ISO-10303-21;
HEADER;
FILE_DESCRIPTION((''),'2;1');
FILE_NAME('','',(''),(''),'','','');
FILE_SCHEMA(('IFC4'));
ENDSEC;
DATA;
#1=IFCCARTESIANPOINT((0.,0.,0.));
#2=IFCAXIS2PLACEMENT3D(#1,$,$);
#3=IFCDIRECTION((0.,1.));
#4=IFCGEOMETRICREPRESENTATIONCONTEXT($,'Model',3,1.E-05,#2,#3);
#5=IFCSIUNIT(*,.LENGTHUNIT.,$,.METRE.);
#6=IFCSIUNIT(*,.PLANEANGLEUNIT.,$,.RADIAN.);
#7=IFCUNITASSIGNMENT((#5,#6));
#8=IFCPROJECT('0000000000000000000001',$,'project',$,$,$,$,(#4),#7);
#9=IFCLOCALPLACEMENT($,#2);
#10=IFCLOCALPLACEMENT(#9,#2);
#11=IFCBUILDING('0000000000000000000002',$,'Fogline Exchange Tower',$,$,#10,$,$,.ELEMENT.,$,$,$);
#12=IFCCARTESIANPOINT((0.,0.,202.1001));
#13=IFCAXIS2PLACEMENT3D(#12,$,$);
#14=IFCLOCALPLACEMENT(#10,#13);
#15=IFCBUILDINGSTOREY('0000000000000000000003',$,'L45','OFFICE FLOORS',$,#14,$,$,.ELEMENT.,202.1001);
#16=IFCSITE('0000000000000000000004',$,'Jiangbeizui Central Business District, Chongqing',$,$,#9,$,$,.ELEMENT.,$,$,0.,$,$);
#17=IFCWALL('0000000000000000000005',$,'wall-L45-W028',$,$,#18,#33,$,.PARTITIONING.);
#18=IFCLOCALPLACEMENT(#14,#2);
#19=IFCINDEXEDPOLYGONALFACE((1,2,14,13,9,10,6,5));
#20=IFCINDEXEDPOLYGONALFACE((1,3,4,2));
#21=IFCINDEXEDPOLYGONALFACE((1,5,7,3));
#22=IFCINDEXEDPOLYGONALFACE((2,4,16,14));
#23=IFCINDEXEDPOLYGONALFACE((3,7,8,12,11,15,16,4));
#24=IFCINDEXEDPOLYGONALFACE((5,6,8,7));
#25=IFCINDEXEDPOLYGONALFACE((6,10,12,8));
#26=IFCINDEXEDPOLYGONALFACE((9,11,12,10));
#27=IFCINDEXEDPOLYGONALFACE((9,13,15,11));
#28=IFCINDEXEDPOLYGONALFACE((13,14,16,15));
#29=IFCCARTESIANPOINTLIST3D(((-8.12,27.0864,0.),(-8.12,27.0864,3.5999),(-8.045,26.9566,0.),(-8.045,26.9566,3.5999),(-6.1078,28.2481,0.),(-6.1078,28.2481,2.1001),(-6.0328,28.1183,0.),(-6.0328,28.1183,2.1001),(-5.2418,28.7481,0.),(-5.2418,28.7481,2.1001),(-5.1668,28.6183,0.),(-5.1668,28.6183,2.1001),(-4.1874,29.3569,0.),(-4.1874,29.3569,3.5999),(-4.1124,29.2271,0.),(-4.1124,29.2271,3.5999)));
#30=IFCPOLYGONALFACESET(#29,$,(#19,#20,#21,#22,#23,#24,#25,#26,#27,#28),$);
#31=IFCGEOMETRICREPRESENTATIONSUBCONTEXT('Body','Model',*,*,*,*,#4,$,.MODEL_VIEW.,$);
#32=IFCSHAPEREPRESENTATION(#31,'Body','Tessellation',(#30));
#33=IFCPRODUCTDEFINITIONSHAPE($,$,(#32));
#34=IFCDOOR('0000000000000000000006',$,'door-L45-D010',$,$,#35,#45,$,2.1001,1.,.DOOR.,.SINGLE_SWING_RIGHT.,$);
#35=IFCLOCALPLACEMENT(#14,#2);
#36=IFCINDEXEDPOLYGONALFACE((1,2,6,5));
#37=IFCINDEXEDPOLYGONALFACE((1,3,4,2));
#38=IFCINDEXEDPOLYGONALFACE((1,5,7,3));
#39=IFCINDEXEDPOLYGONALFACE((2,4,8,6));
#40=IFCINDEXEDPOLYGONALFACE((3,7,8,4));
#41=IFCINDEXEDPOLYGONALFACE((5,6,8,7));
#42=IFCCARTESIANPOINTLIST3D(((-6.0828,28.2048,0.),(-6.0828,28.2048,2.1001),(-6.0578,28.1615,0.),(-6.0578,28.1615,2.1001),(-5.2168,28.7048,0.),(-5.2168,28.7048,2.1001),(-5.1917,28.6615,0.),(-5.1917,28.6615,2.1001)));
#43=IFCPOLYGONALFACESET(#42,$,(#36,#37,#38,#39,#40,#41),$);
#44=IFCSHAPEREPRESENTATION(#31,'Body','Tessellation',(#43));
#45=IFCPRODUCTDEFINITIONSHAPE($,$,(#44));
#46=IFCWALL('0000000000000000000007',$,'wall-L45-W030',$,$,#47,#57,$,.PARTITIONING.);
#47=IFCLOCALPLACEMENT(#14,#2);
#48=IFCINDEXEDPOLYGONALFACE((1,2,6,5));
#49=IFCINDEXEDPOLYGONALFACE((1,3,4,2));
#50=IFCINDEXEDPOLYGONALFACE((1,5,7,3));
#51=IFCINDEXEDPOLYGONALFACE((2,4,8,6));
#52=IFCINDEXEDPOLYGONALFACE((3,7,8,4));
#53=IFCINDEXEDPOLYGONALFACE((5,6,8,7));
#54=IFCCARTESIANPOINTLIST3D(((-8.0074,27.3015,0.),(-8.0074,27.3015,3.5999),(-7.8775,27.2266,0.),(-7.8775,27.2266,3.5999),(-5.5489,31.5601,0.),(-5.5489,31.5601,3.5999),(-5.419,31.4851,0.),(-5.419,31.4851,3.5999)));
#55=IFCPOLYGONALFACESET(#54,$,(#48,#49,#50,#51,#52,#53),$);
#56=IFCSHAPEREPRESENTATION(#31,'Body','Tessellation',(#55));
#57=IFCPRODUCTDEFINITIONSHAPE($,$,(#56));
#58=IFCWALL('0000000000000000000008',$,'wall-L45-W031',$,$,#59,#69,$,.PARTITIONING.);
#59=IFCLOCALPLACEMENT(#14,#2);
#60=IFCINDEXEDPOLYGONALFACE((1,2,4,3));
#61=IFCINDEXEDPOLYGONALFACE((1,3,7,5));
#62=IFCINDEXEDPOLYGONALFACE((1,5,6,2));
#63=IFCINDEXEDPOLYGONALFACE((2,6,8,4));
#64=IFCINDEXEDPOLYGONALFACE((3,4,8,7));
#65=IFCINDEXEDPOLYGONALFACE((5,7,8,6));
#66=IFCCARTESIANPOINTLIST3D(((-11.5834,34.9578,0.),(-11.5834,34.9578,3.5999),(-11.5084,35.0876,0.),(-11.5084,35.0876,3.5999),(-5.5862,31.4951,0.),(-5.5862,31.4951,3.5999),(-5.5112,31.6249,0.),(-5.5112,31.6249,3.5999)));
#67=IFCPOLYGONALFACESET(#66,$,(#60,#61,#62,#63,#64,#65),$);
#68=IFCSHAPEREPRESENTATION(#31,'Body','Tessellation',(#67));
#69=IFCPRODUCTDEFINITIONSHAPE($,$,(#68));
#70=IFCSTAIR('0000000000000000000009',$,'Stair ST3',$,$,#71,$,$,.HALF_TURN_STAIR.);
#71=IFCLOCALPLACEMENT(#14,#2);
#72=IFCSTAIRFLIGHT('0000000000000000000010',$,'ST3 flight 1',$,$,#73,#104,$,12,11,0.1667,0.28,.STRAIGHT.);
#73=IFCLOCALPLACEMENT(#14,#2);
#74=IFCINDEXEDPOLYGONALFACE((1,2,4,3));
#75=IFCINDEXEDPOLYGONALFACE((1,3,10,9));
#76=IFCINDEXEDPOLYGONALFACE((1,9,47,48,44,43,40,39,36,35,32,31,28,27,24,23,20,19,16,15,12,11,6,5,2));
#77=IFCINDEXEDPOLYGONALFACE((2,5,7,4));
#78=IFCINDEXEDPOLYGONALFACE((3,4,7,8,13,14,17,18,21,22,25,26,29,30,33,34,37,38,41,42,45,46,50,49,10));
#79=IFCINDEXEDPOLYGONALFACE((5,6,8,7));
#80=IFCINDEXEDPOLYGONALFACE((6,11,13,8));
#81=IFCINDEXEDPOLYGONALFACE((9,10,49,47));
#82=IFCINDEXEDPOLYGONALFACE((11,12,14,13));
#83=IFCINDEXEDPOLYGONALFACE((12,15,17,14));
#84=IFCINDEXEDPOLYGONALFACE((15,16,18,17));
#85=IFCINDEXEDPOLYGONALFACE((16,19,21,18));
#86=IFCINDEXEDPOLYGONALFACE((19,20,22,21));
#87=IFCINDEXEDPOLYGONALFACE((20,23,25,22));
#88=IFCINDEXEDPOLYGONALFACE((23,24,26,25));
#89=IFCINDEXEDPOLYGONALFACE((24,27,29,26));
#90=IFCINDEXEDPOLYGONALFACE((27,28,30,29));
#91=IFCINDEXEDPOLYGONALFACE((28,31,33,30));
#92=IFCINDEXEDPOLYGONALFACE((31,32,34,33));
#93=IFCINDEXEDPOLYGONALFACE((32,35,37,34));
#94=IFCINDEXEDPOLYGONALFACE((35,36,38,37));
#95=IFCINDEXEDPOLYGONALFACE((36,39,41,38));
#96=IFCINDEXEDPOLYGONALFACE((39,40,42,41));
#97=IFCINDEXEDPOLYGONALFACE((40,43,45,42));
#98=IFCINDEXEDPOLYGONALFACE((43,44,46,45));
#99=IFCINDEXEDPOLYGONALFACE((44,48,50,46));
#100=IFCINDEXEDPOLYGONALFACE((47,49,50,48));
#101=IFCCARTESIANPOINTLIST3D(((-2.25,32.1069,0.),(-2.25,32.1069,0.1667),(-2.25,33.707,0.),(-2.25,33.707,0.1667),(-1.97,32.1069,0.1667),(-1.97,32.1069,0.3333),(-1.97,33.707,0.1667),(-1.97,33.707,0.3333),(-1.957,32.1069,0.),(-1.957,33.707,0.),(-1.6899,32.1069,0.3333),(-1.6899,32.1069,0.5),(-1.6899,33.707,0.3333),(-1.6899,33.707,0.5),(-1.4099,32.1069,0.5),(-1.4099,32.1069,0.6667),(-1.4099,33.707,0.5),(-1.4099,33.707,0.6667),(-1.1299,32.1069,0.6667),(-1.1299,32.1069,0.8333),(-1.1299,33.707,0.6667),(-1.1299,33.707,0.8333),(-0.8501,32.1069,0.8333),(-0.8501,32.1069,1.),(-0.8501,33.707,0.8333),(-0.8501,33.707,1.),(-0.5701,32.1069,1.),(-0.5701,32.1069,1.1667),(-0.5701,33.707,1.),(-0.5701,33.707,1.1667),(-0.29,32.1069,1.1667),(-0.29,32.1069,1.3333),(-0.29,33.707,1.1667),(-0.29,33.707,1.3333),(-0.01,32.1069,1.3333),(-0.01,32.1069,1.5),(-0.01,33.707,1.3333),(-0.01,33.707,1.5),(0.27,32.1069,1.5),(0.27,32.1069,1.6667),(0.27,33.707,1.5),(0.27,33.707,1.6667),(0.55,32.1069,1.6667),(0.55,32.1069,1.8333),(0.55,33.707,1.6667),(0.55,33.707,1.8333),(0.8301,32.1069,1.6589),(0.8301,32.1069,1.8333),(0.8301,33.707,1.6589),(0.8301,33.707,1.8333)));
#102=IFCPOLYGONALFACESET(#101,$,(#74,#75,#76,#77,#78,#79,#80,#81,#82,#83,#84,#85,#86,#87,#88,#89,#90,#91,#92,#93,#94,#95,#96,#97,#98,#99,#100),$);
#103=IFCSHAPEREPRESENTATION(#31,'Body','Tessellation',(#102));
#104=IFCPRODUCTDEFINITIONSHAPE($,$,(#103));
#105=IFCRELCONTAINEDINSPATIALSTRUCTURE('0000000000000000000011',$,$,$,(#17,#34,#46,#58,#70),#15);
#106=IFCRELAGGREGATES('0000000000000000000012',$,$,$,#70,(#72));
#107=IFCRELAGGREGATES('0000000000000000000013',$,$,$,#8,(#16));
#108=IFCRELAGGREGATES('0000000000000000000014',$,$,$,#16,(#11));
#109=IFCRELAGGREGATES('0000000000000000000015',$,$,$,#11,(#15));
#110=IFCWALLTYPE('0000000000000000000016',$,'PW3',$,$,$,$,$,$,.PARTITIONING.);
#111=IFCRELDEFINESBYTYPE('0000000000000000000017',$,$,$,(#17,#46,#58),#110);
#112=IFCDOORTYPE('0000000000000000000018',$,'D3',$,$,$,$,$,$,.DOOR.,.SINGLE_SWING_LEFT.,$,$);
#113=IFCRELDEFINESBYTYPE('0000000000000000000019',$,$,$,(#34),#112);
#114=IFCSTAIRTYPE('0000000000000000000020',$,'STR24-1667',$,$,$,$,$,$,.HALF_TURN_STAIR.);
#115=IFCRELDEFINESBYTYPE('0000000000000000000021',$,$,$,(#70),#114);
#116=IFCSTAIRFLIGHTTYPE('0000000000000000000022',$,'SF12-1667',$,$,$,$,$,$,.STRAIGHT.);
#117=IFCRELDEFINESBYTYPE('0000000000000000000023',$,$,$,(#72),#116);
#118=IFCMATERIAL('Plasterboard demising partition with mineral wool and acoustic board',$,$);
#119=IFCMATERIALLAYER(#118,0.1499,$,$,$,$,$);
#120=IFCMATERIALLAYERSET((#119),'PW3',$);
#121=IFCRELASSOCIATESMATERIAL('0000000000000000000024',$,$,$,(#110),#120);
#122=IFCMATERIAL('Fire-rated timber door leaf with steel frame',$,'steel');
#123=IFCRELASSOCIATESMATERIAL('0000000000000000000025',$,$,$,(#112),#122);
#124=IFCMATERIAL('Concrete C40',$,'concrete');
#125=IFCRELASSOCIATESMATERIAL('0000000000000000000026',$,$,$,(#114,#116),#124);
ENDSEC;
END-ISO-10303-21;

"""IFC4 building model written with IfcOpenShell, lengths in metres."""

from ifc_helpers import new_model, si_unit, direction, frame, frame_2d, origin, place, context, subcontext, project, spatial, polyline, rectangle, outline, extrude, material, layer, layer_set, type_object, element, fill, aggregate, save


model = new_model("IFC4")

# Units and contexts
model_context = context("Model", 3, precision=1e-05, world=origin(), true_north=direction((0.0, 1.0)))
body_context = subcontext(model_context, "Body", "Model", "MODEL_VIEW")
ifc_project = project(units=[si_unit("LENGTHUNIT", "METRE"), si_unit("PLANEANGLEUNIT", "RADIAN")], contexts=[model_context])

# Site, building, storey
site_placement = place(None, origin())
site = spatial("IfcSite", under=ifc_project, at=site_placement, Name="Jiangbeizui Central Business District, Chongqing", CompositionType="ELEMENT", RefElevation=0.0)
building_placement = place(site_placement, origin())
building = spatial("IfcBuilding", under=site, at=building_placement, Name="Fogline Exchange Tower", CompositionType="ELEMENT")
storey_placement = place(building_placement, frame((0.0, 0.0, 202.1001)))
storey = spatial("IfcBuildingStorey", under=building, at=storey_placement, Name="L45", Description="OFFICE FLOORS", CompositionType="ELEMENT", Elevation=202.1001)

# Shared definitions
ifc_material_1 = material(Name="Concrete C40", Category="concrete")

# Wall, opening, door
ifc_material_2 = material(Name="Plasterboard demising partition with mineral wool and acoustic board")
ifc_layer_1 = layer(ifc_material_2, 0.1499)
ifc_layer_set_1 = layer_set([ifc_layer_1], Name="PW3")
wall_type_1 = type_object("IfcWallType", Name="PW3", PredefinedType="PARTITIONING", material=ifc_layer_set_1)
wall_1_placement = place(storey_placement, frame((-8.0825, 27.0215, 0.0), z_axis=(0.0, 0.0, 1.0), x_axis=(0.866024, 0.500002, 0.0)))
wall_1 = element("IfcWall", 1, at=wall_1_placement, inside=storey, type_object=wall_type_1, Name="wall-L45-W028", PredefinedType="PARTITIONING", context=body_context, shape_type="SweptSolid", body=[
    extrude(rectangle(XDim=4.541, YDim=0.1499, at=frame_2d((2.2705, 0.0))), origin(), (0.0, 0.0, 1.0), 3.5999),
])
opening_1_placement = place(wall_1_placement, frame((2.3235, 0.0, 0.0)))
opening_1 = element("IfcOpeningElement", 2, at=opening_1_placement, cuts=wall_1, PredefinedType="OPENING", context=body_context, shape_type="SweptSolid", body=[
    extrude(rectangle(XDim=1.0, YDim=2.1001, at=frame_2d((0.5, 1.05))), frame((0.0, 0.085, 0.0), z_axis=(0.0, -1.0, 0.0), x_axis=(1.0, 0.0, 0.0)), (0.0, 0.0, 1.0), 0.1699),
])
ifc_material_3 = material(Name="Fire-rated timber door leaf with steel frame", Category="steel")
door_type_1 = type_object("IfcDoorType", Name="D3", OperationType="SINGLE_SWING_LEFT", PredefinedType="DOOR", material=ifc_material_3)
door_1_placement = place(opening_1_placement, origin())
door_1 = element("IfcDoor", 3, at=door_1_placement, inside=storey, type_object=door_type_1, Name="door-L45-D010", OperationType="SINGLE_SWING_RIGHT", OverallHeight=2.1001, OverallWidth=1.0, PredefinedType="DOOR", context=body_context, shape_type="SweptSolid", body=[
    extrude(rectangle(XDim=1.0, YDim=2.1001, at=frame_2d((0.5, 1.05))), frame((0.0, 0.0249, 0.0), z_axis=(0.0, -1.0, 0.0), x_axis=(1.0, 0.0, 0.0)), (0.0, 0.0, 1.0), 0.05),
])
fill(opening_1, door_1)

# Walls
wall_2_placement = place(storey_placement, frame((-7.9424, 27.2642, 0.0), z_axis=(0.0, 0.0, 1.0), x_axis=(0.499973, 0.866041, 0.0)))
element("IfcWall", 4, at=wall_2_placement, inside=storey, type_object=wall_type_1, Name="wall-L45-W030", PredefinedType="PARTITIONING", context=body_context, shape_type="SweptSolid", body=[
    extrude(rectangle(XDim=4.9172, YDim=0.1499, at=frame_2d((2.4585, 0.0))), origin(), (0.0, 0.0, 1.0), 3.5999),
])
wall_3_placement = place(storey_placement, frame((-5.5488, 31.5601, 0.0), z_axis=(0.0, 0.0, 1.0), x_axis=(-0.866011, 0.500026, 0.0)))
element("IfcWall", 5, at=wall_3_placement, inside=storey, type_object=wall_type_1, Name="wall-L45-W031", PredefinedType="PARTITIONING", context=body_context, shape_type="SweptSolid", body=[
    extrude(rectangle(XDim=6.925, YDim=0.1499, at=frame_2d((3.4624, 0.0))), origin(), (0.0, 0.0, 1.0), 3.5999),
])

# Stair, stair flight
stair_type = type_object("IfcStairType", Name="STR24-1667", PredefinedType="HALF_TURN_STAIR", material=ifc_material_1)
stair_placement = place(storey_placement, origin())
stair = element("IfcStair", 6, at=stair_placement, inside=storey, type_object=stair_type, Name="Stair ST3", PredefinedType="HALF_TURN_STAIR")
stair_flight_type = type_object("IfcStairFlightType", Name="SF12-1667", PredefinedType="STRAIGHT", material=ifc_material_1)
stair_flight_placement = place(storey_placement, frame((-2.25, 32.907, 0.0), z_axis=(0.0, 0.0, 1.0), x_axis=(1.0, 0.0, 0.0)))
stair_flight = element("IfcStairFlight", 7, at=stair_flight_placement, type_object=stair_flight_type, Name="ST3 flight 1", NumberOfRisers=12, NumberOfTreads=11, PredefinedType="STRAIGHT", RiserHeight=0.1667, TreadLength=0.28, context=body_context, shape_type="SweptSolid", body=[
    extrude(outline(polyline([(0.0, 0.0), (0.0, 0.1667), (0.28, 0.1667), (0.28, 0.3333), (0.5601, 0.3333), (0.5601, 0.5), (0.8401, 0.5), (0.8401, 0.6667), (1.1201, 0.6667), (1.1201, 0.8333), (1.3999, 0.8333), (1.3999, 1.0), (1.6799, 1.0), (1.6799, 1.1667), (1.96, 1.1667), (1.96, 1.3333), (2.24, 1.3333), (2.24, 1.5), (2.52, 1.5), (2.52, 1.6667), (2.8, 1.6667), (2.8, 1.8333), (3.0801, 1.8333), (3.0801, 2.0), (3.0801, 1.6589), (0.293, 0.0), (0.0, 0.0)])), frame((0.0, 0.8, 0.0), z_axis=(0.0, -1.0, 0.0), x_axis=(1.0, 0.0, 0.0)), (0.0, 0.0, 1.0), 1.6001),
])
aggregate(stair, [stair_flight])

save(model, "model.ifc")
